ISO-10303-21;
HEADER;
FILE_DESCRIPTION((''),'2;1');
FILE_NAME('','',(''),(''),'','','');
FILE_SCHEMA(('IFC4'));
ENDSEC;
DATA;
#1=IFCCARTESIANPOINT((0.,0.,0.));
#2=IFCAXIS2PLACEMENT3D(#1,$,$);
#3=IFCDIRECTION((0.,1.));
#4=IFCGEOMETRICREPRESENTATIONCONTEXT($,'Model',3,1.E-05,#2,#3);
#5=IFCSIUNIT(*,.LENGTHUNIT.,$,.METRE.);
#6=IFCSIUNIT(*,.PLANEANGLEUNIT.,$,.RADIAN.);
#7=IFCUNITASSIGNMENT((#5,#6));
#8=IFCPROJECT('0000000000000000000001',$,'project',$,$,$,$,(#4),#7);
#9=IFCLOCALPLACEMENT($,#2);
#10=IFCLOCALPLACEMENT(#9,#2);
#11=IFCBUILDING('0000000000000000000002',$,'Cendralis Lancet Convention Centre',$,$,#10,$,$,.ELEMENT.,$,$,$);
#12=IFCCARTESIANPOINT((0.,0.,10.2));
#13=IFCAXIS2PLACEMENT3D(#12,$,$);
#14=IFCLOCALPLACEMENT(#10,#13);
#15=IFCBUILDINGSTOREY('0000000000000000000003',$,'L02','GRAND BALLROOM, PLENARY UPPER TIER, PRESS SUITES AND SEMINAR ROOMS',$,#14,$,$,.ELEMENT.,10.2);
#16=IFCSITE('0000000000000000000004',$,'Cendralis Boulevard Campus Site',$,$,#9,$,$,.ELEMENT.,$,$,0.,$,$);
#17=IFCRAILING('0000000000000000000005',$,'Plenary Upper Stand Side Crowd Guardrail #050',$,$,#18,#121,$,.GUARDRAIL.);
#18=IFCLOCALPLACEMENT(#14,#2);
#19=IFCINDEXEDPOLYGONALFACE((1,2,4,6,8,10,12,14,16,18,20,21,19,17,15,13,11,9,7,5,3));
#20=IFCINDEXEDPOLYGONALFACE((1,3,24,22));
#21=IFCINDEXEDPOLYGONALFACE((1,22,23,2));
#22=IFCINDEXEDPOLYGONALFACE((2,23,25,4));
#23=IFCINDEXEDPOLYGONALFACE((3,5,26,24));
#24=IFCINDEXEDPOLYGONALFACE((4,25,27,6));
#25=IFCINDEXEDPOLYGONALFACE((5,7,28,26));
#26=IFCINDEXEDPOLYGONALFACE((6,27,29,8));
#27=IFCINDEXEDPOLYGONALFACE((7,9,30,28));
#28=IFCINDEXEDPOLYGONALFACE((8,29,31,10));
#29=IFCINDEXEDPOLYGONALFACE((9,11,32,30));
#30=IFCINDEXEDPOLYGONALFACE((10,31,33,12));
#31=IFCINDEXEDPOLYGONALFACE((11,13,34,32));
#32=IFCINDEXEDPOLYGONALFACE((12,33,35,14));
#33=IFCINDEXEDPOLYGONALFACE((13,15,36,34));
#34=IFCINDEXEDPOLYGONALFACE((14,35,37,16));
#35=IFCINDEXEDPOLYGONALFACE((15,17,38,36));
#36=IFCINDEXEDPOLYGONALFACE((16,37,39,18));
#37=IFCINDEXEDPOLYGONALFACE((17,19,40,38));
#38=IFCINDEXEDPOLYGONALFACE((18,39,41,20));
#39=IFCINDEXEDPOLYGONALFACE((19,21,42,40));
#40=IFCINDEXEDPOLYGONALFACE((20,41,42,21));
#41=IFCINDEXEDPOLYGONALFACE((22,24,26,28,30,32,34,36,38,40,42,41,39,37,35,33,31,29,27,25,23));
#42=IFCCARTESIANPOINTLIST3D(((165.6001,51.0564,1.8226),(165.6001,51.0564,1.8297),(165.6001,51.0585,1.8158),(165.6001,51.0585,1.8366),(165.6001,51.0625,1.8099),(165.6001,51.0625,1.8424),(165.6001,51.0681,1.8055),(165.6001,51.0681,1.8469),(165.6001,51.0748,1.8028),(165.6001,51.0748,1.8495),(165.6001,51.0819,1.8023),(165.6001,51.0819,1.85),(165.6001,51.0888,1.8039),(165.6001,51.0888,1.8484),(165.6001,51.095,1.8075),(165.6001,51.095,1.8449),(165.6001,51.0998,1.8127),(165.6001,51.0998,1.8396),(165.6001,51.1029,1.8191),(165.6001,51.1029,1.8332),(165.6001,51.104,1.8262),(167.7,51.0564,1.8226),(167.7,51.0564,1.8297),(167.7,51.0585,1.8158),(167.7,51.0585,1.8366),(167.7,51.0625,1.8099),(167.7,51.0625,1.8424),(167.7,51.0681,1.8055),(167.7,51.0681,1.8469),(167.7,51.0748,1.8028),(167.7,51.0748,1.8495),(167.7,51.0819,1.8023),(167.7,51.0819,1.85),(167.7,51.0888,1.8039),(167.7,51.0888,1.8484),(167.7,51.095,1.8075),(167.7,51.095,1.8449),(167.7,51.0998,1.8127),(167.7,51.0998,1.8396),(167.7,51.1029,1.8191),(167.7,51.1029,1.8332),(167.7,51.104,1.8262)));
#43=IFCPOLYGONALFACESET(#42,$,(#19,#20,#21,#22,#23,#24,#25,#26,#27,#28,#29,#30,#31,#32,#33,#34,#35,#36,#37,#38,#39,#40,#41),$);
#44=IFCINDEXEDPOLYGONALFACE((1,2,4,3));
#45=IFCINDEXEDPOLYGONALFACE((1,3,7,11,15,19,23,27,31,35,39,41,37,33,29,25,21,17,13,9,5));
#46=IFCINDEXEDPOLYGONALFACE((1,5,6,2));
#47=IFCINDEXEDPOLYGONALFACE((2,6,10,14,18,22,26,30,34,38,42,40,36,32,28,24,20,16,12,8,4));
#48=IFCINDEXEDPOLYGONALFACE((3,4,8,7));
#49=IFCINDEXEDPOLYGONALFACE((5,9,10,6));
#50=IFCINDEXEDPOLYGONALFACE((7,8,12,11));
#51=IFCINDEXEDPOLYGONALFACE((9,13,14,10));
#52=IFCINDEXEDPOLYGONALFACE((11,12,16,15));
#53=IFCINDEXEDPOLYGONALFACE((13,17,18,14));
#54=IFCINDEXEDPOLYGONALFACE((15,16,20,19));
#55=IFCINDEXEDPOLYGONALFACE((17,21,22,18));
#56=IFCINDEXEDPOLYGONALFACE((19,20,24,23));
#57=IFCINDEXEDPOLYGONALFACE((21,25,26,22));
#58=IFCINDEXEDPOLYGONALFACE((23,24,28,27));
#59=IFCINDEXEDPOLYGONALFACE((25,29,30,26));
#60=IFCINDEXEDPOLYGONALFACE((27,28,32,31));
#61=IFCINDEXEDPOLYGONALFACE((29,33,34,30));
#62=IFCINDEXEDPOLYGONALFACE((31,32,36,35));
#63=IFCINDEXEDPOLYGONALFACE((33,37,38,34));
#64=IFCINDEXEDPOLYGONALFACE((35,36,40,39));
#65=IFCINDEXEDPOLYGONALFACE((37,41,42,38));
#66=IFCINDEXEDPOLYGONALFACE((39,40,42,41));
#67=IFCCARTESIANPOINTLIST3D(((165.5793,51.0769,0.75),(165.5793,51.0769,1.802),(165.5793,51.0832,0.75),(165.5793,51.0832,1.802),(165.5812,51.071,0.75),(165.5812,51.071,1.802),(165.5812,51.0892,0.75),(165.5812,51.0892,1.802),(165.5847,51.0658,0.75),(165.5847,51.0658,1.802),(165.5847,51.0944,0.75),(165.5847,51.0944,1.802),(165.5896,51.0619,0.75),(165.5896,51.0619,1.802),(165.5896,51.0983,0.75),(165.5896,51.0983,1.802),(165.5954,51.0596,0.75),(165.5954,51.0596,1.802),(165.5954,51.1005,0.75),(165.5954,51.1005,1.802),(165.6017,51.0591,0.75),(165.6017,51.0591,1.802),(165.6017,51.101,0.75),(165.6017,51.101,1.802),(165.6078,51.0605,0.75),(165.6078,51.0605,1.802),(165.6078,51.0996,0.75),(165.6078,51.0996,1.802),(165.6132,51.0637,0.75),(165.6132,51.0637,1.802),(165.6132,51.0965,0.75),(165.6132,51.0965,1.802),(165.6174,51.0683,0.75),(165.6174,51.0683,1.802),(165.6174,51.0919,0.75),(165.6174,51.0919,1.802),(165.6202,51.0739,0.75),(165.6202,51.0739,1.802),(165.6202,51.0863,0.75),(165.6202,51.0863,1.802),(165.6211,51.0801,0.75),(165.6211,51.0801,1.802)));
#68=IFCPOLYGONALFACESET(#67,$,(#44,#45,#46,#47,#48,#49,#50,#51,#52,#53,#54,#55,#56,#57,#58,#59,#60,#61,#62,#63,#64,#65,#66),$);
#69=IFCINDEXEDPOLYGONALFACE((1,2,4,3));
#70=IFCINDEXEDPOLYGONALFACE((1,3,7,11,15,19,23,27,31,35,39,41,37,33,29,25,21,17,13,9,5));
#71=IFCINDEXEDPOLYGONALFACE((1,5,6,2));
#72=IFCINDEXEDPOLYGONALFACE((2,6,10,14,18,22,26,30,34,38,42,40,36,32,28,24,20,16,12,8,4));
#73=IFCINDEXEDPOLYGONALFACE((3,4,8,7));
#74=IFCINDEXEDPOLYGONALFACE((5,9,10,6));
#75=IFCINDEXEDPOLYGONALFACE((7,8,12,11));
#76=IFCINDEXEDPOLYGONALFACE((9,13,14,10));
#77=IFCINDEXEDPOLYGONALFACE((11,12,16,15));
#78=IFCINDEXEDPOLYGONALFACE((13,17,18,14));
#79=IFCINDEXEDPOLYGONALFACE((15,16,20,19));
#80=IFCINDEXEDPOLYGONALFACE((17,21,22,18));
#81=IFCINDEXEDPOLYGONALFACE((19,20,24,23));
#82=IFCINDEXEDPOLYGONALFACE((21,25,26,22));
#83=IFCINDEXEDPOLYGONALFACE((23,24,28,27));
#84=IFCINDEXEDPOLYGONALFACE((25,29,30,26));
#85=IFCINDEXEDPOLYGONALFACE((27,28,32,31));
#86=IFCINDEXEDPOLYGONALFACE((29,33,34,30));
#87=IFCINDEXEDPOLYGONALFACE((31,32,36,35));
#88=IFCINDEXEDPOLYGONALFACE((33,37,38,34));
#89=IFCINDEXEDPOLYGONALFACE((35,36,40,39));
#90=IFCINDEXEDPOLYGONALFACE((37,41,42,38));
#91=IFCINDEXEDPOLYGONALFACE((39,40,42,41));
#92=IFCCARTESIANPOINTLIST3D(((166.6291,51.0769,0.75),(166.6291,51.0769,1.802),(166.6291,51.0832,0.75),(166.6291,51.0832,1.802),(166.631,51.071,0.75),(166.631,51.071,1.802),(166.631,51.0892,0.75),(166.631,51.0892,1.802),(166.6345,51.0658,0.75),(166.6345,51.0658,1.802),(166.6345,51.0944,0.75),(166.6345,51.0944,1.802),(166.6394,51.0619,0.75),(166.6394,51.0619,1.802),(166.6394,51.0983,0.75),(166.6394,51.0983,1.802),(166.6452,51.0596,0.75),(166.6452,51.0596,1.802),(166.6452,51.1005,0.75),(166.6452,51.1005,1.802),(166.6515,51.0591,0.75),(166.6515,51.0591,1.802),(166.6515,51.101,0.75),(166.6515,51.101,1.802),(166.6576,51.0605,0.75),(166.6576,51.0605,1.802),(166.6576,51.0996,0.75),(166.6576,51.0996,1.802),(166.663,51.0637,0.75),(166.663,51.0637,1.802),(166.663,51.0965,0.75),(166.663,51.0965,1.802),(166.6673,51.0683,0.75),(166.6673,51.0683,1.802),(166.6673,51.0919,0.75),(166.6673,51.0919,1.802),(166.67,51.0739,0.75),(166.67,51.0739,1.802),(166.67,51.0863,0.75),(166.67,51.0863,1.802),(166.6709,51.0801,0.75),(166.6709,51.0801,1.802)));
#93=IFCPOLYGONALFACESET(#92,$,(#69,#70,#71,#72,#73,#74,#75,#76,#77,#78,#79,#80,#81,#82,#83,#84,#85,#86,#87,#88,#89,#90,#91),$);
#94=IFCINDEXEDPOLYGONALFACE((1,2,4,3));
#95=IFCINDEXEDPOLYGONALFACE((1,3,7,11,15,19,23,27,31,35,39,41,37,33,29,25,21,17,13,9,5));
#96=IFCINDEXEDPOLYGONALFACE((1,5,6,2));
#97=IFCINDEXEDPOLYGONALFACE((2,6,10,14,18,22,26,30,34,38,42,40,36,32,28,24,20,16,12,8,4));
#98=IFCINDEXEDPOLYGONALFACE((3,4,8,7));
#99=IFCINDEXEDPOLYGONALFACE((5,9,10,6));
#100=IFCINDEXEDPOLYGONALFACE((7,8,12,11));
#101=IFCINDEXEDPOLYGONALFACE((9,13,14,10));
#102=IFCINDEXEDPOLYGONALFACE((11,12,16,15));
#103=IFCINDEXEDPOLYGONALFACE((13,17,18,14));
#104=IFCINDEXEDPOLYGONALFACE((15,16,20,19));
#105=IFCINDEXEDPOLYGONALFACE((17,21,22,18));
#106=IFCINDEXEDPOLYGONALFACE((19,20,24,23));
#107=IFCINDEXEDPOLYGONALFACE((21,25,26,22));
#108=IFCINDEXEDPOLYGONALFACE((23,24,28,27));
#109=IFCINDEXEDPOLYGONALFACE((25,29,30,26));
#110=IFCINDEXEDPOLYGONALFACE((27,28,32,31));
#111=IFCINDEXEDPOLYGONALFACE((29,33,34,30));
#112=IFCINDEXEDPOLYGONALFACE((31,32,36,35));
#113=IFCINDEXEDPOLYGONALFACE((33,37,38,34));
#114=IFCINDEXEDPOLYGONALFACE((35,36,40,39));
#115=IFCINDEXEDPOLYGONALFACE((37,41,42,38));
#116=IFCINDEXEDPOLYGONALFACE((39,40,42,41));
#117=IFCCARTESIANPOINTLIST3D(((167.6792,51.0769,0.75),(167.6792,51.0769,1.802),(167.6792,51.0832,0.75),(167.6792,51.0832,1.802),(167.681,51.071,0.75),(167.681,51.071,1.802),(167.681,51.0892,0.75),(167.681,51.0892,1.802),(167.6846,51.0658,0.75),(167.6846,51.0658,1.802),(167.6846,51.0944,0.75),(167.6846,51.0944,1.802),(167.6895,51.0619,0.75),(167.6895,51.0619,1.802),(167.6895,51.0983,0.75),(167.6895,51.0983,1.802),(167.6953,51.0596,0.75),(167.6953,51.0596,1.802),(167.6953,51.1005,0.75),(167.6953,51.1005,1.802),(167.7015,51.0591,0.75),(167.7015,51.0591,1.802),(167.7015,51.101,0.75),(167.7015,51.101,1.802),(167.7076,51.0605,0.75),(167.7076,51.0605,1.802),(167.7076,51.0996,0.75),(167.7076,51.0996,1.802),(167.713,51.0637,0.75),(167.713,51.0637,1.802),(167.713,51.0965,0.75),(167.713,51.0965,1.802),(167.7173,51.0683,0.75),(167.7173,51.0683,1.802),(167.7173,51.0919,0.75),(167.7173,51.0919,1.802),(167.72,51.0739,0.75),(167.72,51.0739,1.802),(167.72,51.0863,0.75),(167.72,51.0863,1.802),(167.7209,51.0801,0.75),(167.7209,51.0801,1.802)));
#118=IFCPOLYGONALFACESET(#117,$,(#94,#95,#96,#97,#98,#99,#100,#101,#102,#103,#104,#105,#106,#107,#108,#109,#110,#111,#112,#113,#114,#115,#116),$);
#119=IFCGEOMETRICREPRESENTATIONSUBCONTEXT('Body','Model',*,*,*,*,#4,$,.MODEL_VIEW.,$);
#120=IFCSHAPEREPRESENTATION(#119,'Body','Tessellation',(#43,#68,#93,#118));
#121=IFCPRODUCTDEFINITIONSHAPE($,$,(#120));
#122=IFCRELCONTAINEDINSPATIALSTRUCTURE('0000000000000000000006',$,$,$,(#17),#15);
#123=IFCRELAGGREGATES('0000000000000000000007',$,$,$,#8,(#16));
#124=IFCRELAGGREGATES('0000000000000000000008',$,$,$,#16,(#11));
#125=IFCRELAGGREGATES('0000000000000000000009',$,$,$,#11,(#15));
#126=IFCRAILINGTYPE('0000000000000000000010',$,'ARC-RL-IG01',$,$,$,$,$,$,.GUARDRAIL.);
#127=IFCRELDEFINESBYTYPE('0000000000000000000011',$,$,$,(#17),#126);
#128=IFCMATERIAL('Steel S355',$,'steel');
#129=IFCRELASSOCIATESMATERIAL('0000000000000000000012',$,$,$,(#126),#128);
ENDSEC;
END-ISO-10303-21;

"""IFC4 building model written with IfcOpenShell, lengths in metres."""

from ifc_helpers import new_model, si_unit, direction, frame, origin, origin_2d, place, context, subcontext, project, spatial, circle, extrude, material, type_object, element, save


model = new_model("IFC4")

# Units and contexts
model_context = context("Model", 3, precision=1e-05, world=origin(), true_north=direction((0.0, 1.0)))
body_context = subcontext(model_context, "Body", "Model", "MODEL_VIEW")
ifc_project = project(units=[si_unit("LENGTHUNIT", "METRE"), si_unit("PLANEANGLEUNIT", "RADIAN")], contexts=[model_context])

# Site, building, storey
site_placement = place(None, origin())
site = spatial("IfcSite", under=ifc_project, at=site_placement, Name="Cendralis Boulevard Campus Site", CompositionType="ELEMENT", RefElevation=0.0)
building_placement = place(site_placement, origin())
building = spatial("IfcBuilding", under=site, at=building_placement, Name="Cendralis Lancet Convention Centre", CompositionType="ELEMENT")
storey_placement = place(building_placement, frame((0.0, 0.0, 10.2)))
storey = spatial("IfcBuildingStorey", under=building, at=storey_placement, Name="L02", Description="GRAND BALLROOM, PLENARY UPPER TIER, PRESS SUITES AND SEMINAR ROOMS", CompositionType="ELEMENT", Elevation=10.2)

# Shared definitions
ifc_material_1 = material(Name="Steel S355", Category="steel")

# Railing
railing_type_1 = type_object("IfcRailingType", Name="ARC-RL-IG01", PredefinedType="GUARDRAIL", material=ifc_material_1)
railing_1_placement = place(storey_placement, frame((165.6001, 51.0801, 0.75)))
element("IfcRailing", 1, at=railing_1_placement, inside=storey, type_object=railing_type_1, Name="Plenary Upper Stand Side Crowd Guardrail #050", PredefinedType="GUARDRAIL", context=body_context, shape_type="SweptSolid", body=[
    extrude(circle(Radius=0.0239, at=origin_2d()), frame((0.0, 0.0, 1.0762), z_axis=(1.0, 0.0, 0.0), x_axis=(0.0, 1.0, 0.0)), (0.0, 0.0, 1.0), 2.0999),
    extrude(circle(Radius=0.021, at=origin_2d()), origin(), (0.0, 0.0, 1.0), 1.052),
    extrude(circle(Radius=0.021, at=origin_2d()), frame((1.0498, 0.0, 0.0)), (0.0, 0.0, 1.0), 1.052),
    extrude(circle(Radius=0.021, at=origin_2d()), frame((2.0999, 0.0, 0.0)), (0.0, 0.0, 1.0), 1.052),
])

save(model, "model.ifc")
